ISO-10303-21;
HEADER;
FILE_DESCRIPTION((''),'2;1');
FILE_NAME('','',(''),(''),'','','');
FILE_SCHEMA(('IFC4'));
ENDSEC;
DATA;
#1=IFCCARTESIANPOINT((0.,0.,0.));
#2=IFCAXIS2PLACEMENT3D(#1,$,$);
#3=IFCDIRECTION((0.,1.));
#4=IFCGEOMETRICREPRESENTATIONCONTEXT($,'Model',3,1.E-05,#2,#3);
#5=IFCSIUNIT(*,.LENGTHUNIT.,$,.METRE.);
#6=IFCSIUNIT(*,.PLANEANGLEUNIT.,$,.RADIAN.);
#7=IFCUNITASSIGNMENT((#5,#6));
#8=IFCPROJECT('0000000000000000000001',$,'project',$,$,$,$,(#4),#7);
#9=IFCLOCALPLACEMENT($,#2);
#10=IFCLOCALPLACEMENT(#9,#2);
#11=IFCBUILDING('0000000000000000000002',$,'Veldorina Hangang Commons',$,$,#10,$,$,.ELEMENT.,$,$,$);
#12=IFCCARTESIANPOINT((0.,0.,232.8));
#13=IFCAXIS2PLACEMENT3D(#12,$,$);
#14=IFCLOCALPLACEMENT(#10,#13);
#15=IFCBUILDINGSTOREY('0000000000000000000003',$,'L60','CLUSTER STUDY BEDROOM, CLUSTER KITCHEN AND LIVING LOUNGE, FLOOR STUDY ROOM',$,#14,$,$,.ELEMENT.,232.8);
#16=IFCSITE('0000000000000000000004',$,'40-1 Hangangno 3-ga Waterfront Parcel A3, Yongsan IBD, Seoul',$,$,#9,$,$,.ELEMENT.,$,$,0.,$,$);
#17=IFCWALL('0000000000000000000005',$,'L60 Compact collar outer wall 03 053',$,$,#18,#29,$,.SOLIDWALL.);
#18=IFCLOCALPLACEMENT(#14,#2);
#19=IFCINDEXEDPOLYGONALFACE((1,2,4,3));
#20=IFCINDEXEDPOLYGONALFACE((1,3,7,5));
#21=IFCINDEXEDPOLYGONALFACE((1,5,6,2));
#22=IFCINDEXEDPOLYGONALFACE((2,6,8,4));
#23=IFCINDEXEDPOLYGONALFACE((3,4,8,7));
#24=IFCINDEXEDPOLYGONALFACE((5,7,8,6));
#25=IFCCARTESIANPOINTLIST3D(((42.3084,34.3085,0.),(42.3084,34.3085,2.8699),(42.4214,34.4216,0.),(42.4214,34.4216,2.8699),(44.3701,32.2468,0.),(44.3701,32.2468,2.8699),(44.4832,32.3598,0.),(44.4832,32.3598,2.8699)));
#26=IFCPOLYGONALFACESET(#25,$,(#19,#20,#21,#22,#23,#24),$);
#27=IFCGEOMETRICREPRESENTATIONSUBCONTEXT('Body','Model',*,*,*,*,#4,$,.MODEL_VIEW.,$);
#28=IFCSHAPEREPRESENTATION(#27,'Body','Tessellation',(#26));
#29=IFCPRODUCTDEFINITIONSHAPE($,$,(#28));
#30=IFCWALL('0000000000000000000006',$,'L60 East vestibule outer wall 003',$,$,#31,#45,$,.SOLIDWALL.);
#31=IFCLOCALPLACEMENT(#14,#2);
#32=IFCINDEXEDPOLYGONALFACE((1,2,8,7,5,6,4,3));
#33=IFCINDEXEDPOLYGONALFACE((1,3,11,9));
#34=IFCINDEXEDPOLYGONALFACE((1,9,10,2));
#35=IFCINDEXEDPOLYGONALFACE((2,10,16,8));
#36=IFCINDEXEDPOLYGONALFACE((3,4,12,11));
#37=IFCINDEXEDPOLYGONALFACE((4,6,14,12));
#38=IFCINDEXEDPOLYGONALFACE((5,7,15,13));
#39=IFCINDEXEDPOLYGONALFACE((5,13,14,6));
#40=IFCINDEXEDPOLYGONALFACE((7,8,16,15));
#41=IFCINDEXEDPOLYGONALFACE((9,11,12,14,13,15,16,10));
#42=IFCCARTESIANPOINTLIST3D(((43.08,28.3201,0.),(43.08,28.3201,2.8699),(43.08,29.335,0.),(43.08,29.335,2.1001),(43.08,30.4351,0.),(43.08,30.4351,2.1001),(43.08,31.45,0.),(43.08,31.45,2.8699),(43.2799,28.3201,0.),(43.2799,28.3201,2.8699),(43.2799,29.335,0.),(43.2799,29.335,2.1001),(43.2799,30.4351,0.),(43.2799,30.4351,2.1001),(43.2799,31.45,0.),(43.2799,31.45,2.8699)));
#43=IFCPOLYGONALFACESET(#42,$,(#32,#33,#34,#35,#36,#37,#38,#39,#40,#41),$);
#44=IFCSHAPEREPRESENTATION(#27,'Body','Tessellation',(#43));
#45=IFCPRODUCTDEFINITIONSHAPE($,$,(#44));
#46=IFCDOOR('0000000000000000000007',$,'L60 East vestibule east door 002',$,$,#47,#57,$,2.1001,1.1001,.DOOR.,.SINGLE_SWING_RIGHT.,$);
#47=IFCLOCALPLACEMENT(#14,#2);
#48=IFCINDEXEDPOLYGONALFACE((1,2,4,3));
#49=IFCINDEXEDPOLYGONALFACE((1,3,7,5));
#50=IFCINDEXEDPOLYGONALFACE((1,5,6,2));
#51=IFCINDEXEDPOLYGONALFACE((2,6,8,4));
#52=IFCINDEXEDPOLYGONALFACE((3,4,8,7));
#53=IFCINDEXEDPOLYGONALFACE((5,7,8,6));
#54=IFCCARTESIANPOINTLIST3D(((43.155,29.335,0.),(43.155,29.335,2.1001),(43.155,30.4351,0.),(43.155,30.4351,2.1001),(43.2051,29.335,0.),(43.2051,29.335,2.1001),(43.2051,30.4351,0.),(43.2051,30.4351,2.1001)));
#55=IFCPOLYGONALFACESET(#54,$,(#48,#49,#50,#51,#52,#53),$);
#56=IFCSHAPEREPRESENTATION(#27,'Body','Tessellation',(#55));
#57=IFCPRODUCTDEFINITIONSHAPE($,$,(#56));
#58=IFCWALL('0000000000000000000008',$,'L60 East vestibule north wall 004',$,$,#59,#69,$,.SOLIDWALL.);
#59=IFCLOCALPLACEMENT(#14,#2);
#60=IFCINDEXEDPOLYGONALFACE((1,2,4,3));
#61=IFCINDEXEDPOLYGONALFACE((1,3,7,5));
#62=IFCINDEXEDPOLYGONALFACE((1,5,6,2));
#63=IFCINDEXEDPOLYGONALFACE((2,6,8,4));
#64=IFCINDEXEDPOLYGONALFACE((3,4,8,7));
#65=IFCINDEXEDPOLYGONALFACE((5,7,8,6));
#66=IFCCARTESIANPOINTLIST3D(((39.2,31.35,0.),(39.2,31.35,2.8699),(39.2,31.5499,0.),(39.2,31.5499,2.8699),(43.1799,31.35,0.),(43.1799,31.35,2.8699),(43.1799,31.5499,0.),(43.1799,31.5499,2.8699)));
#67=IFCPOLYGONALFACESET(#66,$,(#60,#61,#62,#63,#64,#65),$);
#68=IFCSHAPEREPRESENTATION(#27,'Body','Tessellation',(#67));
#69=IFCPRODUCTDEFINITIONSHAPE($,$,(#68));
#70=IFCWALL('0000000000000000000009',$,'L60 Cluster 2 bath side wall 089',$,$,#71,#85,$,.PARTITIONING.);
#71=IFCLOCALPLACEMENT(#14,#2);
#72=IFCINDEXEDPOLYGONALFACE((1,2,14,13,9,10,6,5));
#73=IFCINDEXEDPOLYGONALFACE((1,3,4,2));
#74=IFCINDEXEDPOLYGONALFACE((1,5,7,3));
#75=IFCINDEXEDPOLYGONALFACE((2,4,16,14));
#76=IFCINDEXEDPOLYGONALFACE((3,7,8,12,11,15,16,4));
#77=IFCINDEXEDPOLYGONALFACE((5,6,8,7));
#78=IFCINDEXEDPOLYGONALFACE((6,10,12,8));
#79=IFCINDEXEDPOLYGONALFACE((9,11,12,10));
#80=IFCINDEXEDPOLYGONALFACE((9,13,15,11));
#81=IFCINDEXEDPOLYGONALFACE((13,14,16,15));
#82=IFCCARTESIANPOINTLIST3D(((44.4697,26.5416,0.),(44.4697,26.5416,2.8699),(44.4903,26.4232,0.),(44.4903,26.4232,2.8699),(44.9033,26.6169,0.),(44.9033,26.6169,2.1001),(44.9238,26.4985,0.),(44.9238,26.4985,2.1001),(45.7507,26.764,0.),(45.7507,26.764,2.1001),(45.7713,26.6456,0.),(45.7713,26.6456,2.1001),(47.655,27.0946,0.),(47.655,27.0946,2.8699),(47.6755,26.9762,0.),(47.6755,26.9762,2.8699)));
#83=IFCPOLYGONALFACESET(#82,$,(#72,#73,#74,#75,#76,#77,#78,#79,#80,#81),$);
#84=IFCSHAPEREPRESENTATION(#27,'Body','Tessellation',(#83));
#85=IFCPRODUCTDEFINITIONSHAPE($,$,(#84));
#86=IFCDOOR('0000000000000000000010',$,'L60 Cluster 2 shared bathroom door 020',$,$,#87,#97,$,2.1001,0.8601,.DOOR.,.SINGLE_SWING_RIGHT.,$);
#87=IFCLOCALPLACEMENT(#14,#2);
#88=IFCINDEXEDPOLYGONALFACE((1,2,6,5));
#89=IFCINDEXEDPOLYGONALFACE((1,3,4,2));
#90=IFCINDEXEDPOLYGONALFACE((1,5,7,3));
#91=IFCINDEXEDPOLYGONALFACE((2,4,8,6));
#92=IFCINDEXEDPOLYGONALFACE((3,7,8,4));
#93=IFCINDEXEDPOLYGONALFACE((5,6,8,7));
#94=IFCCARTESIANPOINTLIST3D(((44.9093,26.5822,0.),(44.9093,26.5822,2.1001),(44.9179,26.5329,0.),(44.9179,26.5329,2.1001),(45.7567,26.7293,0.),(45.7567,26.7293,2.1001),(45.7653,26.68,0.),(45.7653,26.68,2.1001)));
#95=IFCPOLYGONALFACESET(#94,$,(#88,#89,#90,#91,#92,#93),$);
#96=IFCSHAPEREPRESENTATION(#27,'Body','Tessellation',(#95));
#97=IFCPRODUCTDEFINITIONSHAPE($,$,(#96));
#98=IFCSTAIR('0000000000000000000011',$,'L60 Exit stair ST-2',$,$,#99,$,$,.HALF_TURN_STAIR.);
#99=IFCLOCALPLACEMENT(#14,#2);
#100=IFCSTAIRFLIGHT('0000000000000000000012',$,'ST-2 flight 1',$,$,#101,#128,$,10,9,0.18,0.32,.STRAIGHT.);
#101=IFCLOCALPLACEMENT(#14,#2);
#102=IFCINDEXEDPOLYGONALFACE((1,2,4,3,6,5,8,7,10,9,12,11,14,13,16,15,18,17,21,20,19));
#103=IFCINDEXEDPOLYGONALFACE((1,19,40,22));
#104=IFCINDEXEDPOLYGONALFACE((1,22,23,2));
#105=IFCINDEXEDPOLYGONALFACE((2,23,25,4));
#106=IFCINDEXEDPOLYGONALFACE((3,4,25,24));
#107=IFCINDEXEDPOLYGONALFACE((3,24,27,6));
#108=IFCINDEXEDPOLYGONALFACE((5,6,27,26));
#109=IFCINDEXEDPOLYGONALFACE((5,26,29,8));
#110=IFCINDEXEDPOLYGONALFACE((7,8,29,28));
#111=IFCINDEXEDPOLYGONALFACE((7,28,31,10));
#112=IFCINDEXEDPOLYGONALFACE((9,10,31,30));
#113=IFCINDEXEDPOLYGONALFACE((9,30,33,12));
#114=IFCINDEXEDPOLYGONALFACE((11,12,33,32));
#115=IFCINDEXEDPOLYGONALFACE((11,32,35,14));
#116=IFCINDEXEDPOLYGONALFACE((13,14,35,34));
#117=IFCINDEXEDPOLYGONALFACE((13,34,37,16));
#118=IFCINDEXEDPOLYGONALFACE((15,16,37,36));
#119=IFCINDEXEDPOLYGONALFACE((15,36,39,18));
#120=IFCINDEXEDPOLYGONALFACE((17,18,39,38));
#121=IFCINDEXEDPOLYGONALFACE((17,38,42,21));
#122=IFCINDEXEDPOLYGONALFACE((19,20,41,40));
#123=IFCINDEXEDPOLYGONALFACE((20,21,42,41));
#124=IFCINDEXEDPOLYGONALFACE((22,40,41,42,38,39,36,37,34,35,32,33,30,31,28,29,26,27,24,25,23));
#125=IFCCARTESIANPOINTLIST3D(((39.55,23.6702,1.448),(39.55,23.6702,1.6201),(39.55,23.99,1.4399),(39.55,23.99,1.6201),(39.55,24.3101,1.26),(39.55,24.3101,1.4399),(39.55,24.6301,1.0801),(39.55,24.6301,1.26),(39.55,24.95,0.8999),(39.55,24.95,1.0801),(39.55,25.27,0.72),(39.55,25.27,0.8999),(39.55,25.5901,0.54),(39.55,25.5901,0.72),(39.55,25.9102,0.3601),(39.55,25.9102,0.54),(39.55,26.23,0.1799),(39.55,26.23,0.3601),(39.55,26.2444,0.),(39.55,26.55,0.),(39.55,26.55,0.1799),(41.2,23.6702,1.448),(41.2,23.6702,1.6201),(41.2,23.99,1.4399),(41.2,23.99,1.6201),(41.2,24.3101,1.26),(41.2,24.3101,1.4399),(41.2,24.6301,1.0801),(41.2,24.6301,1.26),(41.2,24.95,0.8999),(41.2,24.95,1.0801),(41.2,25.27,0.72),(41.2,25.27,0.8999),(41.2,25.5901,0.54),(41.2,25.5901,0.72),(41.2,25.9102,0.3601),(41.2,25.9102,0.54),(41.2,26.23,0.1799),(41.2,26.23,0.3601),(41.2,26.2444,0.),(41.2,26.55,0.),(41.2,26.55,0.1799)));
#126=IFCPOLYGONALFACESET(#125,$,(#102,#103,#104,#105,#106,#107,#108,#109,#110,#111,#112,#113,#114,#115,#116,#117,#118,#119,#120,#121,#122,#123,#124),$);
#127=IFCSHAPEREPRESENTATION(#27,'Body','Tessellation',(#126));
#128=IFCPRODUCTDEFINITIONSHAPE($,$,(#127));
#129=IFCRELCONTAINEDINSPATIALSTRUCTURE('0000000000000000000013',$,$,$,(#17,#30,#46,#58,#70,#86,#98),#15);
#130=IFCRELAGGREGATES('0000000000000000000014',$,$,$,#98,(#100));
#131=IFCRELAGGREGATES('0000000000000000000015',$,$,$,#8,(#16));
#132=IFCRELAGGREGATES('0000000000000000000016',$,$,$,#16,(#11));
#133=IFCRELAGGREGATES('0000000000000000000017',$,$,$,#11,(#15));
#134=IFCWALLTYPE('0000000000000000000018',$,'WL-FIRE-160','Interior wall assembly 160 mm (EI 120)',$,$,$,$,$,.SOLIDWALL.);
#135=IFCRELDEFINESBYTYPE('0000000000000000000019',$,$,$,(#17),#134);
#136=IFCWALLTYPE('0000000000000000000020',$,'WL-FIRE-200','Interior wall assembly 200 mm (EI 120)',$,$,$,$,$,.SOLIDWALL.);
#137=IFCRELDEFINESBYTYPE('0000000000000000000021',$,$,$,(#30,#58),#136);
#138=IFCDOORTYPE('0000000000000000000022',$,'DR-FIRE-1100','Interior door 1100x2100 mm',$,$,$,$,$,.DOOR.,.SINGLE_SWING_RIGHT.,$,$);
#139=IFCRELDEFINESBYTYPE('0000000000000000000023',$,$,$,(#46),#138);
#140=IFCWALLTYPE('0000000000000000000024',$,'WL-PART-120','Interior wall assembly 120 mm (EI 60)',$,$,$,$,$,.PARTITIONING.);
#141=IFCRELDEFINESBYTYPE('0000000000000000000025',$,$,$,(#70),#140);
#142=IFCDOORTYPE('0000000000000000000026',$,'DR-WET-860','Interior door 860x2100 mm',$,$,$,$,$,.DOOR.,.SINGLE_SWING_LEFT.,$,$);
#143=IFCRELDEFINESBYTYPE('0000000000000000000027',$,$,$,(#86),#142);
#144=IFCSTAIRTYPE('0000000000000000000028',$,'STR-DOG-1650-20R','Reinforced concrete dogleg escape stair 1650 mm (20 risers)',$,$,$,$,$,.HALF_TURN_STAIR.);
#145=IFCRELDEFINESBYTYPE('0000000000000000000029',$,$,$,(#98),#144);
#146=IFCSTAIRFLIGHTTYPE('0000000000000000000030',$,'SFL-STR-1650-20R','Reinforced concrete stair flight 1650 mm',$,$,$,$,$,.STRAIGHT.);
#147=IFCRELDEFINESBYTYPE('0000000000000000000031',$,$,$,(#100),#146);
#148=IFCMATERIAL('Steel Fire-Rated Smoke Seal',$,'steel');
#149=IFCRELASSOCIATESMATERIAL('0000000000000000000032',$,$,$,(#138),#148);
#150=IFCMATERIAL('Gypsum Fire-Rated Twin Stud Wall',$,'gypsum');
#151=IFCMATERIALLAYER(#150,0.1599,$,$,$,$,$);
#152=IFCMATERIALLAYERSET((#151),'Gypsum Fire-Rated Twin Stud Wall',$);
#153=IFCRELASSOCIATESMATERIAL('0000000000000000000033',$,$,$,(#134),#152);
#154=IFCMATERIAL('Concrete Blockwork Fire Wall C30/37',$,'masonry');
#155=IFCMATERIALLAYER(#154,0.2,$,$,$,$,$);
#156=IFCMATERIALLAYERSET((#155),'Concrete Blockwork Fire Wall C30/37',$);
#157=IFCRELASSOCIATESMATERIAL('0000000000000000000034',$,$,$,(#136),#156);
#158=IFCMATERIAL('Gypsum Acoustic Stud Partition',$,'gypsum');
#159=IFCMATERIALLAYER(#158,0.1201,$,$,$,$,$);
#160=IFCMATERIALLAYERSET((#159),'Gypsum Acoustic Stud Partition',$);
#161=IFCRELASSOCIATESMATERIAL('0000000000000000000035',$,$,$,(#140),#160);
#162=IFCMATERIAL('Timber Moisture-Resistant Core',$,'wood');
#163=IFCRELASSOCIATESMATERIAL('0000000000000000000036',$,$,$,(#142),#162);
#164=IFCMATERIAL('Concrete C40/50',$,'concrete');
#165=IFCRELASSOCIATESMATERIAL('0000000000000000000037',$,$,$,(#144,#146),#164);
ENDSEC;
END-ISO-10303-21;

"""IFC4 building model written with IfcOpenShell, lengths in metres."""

from ifc_helpers import new_model, si_unit, direction, frame, frame_2d, origin, place, context, subcontext, project, spatial, polyline, rectangle, outline, extrude, material, layer, layer_set, type_object, element, fill, aggregate, save


model = new_model("IFC4")

# Units and contexts
model_context = context("Model", 3, precision=1e-05, world=origin(), true_north=direction((0.0, 1.0)))
body_context = subcontext(model_context, "Body", "Model", "MODEL_VIEW")
ifc_project = project(units=[si_unit("LENGTHUNIT", "METRE"), si_unit("PLANEANGLEUNIT", "RADIAN")], contexts=[model_context])

# Site, building, storey
site_placement = place(None, origin())
site = spatial("IfcSite", under=ifc_project, at=site_placement, Name="40-1 Hangangno 3-ga Waterfront Parcel A3, Yongsan IBD, Seoul", CompositionType="ELEMENT", RefElevation=0.0)
building_placement = place(site_placement, origin())
building = spatial("IfcBuilding", under=site, at=building_placement, Name="Veldorina Hangang Commons", CompositionType="ELEMENT")
storey_placement = place(building_placement, frame((0.0, 0.0, 232.8)))
storey = spatial("IfcBuildingStorey", under=building, at=storey_placement, Name="L60", Description="CLUSTER STUDY BEDROOM, CLUSTER KITCHEN AND LIVING LOUNGE, FLOOR STUDY ROOM", CompositionType="ELEMENT", Elevation=232.8)

# Shared definitions
ifc_material_1 = material(Name="Steel Fire-Rated Smoke Seal", Category="steel")
door_type_1 = type_object("IfcDoorType", Name="DR-FIRE-1100", Description="Interior door 1100x2100 mm", OperationType="SINGLE_SWING_RIGHT", PredefinedType="DOOR", material=ifc_material_1)
ifc_material_2 = material(Name="Gypsum Fire-Rated Twin Stud Wall", Category="gypsum")
ifc_layer_1 = layer(ifc_material_2, 0.1599)
ifc_layer_set_1 = layer_set([ifc_layer_1], Name="Gypsum Fire-Rated Twin Stud Wall")
wall_type_1 = type_object("IfcWallType", Name="WL-FIRE-160", Description="Interior wall assembly 160 mm (EI 120)", PredefinedType="SOLIDWALL", material=ifc_layer_set_1)

# Wall
wall_1_placement = place(storey_placement, frame((44.4268, 32.3032, 0.0), z_axis=(0.0, 0.0, 1.0), x_axis=(-0.707107, 0.707107, 0.0)))
element("IfcWall", 1, at=wall_1_placement, inside=storey, type_object=wall_type_1, Name="L60 Compact collar outer wall 03 053", PredefinedType="SOLIDWALL", context=body_context, shape_type="SweptSolid", body=[
    extrude(rectangle(XDim=2.9158, YDim=0.1599, at=frame_2d((1.458, 0.0))), origin(), (0.0, 0.0, 1.0), 2.8699),
])

# Wall, opening, door
ifc_material_3 = material(Name="Concrete Blockwork Fire Wall C30/37", Category="masonry")
ifc_layer_2 = layer(ifc_material_3, 0.2)
ifc_layer_set_2 = layer_set([ifc_layer_2], Name="Concrete Blockwork Fire Wall C30/37")
wall_type_2 = type_object("IfcWallType", Name="WL-FIRE-200", Description="Interior wall assembly 200 mm (EI 120)", PredefinedType="SOLIDWALL", material=ifc_layer_set_2)
wall_2_placement = place(storey_placement, frame((43.1799, 28.3201, 0.0), z_axis=(0.0, 0.0, 1.0), x_axis=(0.0, 1.0, 0.0)))
wall_2 = element("IfcWall", 2, at=wall_2_placement, inside=storey, type_object=wall_type_2, Name="L60 East vestibule outer wall 003", PredefinedType="SOLIDWALL", context=body_context, shape_type="SweptSolid", body=[
    extrude(rectangle(XDim=3.1299, YDim=0.2, at=frame_2d((1.5649, 0.0))), origin(), (0.0, 0.0, 1.0), 2.8699),
])
opening_1_placement = place(wall_2_placement, frame((1.0149, 0.0, 0.0)))
opening_1 = element("IfcOpeningElement", 3, at=opening_1_placement, cuts=wall_2, PredefinedType="OPENING", context=body_context, shape_type="SweptSolid", body=[
    extrude(rectangle(XDim=1.1001, YDim=2.1001, at=frame_2d((0.55, 1.05))), frame((0.0, 0.1099, 0.0), z_axis=(0.0, -1.0, 0.0), x_axis=(1.0, 0.0, 0.0)), (0.0, 0.0, 1.0), 0.22),
])
door_1_placement = place(opening_1_placement, origin())
door_1 = element("IfcDoor", 4, at=door_1_placement, inside=storey, type_object=door_type_1, Name="L60 East vestibule east door 002", OperationType="SINGLE_SWING_RIGHT", OverallHeight=2.1001, OverallWidth=1.1001, PredefinedType="DOOR", context=body_context, shape_type="SweptSolid", body=[
    extrude(rectangle(XDim=1.1001, YDim=2.1001, at=frame_2d((0.55, 1.05))), frame((0.0, 0.0249, 0.0), z_axis=(0.0, -1.0, 0.0), x_axis=(1.0, 0.0, 0.0)), (0.0, 0.0, 1.0), 0.05),
])
fill(opening_1, door_1)

# Wall
wall_3_placement = place(storey_placement, frame((39.2, 31.45, 0.0), z_axis=(0.0, 0.0, 1.0), x_axis=(1.0, 0.0, 0.0)))
element("IfcWall", 5, at=wall_3_placement, inside=storey, type_object=wall_type_2, Name="L60 East vestibule north wall 004", PredefinedType="SOLIDWALL", context=body_context, shape_type="SweptSolid", body=[
    extrude(rectangle(XDim=3.98, YDim=0.2, at=frame_2d((1.99, 0.0))), origin(), (0.0, 0.0, 1.0), 2.8699),
])

# Wall, opening, door
ifc_material_4 = material(Name="Gypsum Acoustic Stud Partition", Category="gypsum")
ifc_layer_3 = layer(ifc_material_4, 0.1201)
ifc_layer_set_3 = layer_set([ifc_layer_3], Name="Gypsum Acoustic Stud Partition")
wall_type_3 = type_object("IfcWallType", Name="WL-PART-120", Description="Interior wall assembly 120 mm (EI 60)", PredefinedType="PARTITIONING", material=ifc_layer_set_3)
wall_4_placement = place(storey_placement, frame((44.48, 26.4824, 0.0), z_axis=(0.0, 0.0, 1.0), x_axis=(0.985263, 0.171045, 0.0)))
wall_4 = element("IfcWall", 6, at=wall_4_placement, inside=storey, type_object=wall_type_3, Name="L60 Cluster 2 bath side wall 089", PredefinedType="PARTITIONING", context=body_context, shape_type="SweptSolid", body=[
    extrude(rectangle(XDim=3.2329, YDim=0.1201, at=frame_2d((1.6165, 0.0))), origin(), (0.0, 0.0, 1.0), 2.8699),
])
opening_2_placement = place(wall_4_placement, frame((0.4399, 0.0, 0.0)))
opening_2 = element("IfcOpeningElement", 7, at=opening_2_placement, cuts=wall_4, PredefinedType="OPENING", context=body_context, shape_type="SweptSolid", body=[
    extrude(rectangle(XDim=0.8601, YDim=2.1001, at=frame_2d((0.4302, 1.05))), frame((0.0, 0.0701, 0.0), z_axis=(0.0, -1.0, 0.0), x_axis=(1.0, 0.0, 0.0)), (0.0, 0.0, 1.0), 0.1401),
])
ifc_material_5 = material(Name="Timber Moisture-Resistant Core", Category="wood")
door_type_2 = type_object("IfcDoorType", Name="DR-WET-860", Description="Interior door 860x2100 mm", OperationType="SINGLE_SWING_LEFT", PredefinedType="DOOR", material=ifc_material_5)
door_2_placement = place(opening_2_placement, origin())
door_2 = element("IfcDoor", 8, at=door_2_placement, inside=storey, type_object=door_type_2, Name="L60 Cluster 2 shared bathroom door 020", OperationType="SINGLE_SWING_RIGHT", OverallHeight=2.1001, OverallWidth=0.8601, PredefinedType="DOOR", context=body_context, shape_type="SweptSolid", body=[
    extrude(rectangle(XDim=0.8601, YDim=2.1001, at=frame_2d((0.4302, 1.05))), frame((0.0, 0.0249, 0.0), z_axis=(0.0, -1.0, 0.0), x_axis=(1.0, 0.0, 0.0)), (0.0, 0.0, 1.0), 0.05),
])
fill(opening_2, door_2)

# Stair, stair flight
ifc_material_6 = material(Name="Concrete C40/50", Category="concrete")
stair_type = type_object("IfcStairType", Name="STR-DOG-1650-20R", Description="Reinforced concrete dogleg escape stair 1650 mm (20 risers)", PredefinedType="HALF_TURN_STAIR", material=ifc_material_6)
stair_placement = place(storey_placement, origin())
stair = element("IfcStair", 9, at=stair_placement, inside=storey, type_object=stair_type, Name="L60 Exit stair ST-2", PredefinedType="HALF_TURN_STAIR")
stair_flight_type = type_object("IfcStairFlightType", Name="SFL-STR-1650-20R", Description="Reinforced concrete stair flight 1650 mm", PredefinedType="STRAIGHT", material=ifc_material_6)
stair_flight_placement = place(storey_placement, frame((40.375, 26.55, 0.0), z_axis=(0.0, 0.0, 1.0), x_axis=(0.0, -1.0, 0.0)))
stair_flight = element("IfcStairFlight", 10, at=stair_flight_placement, type_object=stair_flight_type, Name="ST-2 flight 1", NumberOfRisers=10, NumberOfTreads=9, PredefinedType="STRAIGHT", RiserHeight=0.18, TreadLength=0.32, context=body_context, shape_type="SweptSolid", body=[
    extrude(outline(polyline([(0.0, 0.0), (0.0, 0.1799), (0.3201, 0.1799), (0.3201, 0.3601), (0.6399, 0.3601), (0.6399, 0.54), (0.96, 0.54), (0.96, 0.72), (1.28, 0.72), (1.28, 0.8999), (1.6001, 0.8999), (1.6001, 1.0801), (1.9199, 1.0801), (1.9199, 1.26), (2.24, 1.26), (2.24, 1.4399), (2.5601, 1.4399), (2.5601, 1.6201), (2.8799, 1.6201), (2.8799, 1.8), (2.8799, 1.448), (0.3057, 0.0), (0.0, 0.0)])), frame((0.0, 0.825, 0.0), z_axis=(0.0, -1.0, 0.0), x_axis=(1.0, 0.0, 0.0)), (0.0, 0.0, 1.0), 1.6499),
])
aggregate(stair, [stair_flight])

save(model, "model.ifc")
